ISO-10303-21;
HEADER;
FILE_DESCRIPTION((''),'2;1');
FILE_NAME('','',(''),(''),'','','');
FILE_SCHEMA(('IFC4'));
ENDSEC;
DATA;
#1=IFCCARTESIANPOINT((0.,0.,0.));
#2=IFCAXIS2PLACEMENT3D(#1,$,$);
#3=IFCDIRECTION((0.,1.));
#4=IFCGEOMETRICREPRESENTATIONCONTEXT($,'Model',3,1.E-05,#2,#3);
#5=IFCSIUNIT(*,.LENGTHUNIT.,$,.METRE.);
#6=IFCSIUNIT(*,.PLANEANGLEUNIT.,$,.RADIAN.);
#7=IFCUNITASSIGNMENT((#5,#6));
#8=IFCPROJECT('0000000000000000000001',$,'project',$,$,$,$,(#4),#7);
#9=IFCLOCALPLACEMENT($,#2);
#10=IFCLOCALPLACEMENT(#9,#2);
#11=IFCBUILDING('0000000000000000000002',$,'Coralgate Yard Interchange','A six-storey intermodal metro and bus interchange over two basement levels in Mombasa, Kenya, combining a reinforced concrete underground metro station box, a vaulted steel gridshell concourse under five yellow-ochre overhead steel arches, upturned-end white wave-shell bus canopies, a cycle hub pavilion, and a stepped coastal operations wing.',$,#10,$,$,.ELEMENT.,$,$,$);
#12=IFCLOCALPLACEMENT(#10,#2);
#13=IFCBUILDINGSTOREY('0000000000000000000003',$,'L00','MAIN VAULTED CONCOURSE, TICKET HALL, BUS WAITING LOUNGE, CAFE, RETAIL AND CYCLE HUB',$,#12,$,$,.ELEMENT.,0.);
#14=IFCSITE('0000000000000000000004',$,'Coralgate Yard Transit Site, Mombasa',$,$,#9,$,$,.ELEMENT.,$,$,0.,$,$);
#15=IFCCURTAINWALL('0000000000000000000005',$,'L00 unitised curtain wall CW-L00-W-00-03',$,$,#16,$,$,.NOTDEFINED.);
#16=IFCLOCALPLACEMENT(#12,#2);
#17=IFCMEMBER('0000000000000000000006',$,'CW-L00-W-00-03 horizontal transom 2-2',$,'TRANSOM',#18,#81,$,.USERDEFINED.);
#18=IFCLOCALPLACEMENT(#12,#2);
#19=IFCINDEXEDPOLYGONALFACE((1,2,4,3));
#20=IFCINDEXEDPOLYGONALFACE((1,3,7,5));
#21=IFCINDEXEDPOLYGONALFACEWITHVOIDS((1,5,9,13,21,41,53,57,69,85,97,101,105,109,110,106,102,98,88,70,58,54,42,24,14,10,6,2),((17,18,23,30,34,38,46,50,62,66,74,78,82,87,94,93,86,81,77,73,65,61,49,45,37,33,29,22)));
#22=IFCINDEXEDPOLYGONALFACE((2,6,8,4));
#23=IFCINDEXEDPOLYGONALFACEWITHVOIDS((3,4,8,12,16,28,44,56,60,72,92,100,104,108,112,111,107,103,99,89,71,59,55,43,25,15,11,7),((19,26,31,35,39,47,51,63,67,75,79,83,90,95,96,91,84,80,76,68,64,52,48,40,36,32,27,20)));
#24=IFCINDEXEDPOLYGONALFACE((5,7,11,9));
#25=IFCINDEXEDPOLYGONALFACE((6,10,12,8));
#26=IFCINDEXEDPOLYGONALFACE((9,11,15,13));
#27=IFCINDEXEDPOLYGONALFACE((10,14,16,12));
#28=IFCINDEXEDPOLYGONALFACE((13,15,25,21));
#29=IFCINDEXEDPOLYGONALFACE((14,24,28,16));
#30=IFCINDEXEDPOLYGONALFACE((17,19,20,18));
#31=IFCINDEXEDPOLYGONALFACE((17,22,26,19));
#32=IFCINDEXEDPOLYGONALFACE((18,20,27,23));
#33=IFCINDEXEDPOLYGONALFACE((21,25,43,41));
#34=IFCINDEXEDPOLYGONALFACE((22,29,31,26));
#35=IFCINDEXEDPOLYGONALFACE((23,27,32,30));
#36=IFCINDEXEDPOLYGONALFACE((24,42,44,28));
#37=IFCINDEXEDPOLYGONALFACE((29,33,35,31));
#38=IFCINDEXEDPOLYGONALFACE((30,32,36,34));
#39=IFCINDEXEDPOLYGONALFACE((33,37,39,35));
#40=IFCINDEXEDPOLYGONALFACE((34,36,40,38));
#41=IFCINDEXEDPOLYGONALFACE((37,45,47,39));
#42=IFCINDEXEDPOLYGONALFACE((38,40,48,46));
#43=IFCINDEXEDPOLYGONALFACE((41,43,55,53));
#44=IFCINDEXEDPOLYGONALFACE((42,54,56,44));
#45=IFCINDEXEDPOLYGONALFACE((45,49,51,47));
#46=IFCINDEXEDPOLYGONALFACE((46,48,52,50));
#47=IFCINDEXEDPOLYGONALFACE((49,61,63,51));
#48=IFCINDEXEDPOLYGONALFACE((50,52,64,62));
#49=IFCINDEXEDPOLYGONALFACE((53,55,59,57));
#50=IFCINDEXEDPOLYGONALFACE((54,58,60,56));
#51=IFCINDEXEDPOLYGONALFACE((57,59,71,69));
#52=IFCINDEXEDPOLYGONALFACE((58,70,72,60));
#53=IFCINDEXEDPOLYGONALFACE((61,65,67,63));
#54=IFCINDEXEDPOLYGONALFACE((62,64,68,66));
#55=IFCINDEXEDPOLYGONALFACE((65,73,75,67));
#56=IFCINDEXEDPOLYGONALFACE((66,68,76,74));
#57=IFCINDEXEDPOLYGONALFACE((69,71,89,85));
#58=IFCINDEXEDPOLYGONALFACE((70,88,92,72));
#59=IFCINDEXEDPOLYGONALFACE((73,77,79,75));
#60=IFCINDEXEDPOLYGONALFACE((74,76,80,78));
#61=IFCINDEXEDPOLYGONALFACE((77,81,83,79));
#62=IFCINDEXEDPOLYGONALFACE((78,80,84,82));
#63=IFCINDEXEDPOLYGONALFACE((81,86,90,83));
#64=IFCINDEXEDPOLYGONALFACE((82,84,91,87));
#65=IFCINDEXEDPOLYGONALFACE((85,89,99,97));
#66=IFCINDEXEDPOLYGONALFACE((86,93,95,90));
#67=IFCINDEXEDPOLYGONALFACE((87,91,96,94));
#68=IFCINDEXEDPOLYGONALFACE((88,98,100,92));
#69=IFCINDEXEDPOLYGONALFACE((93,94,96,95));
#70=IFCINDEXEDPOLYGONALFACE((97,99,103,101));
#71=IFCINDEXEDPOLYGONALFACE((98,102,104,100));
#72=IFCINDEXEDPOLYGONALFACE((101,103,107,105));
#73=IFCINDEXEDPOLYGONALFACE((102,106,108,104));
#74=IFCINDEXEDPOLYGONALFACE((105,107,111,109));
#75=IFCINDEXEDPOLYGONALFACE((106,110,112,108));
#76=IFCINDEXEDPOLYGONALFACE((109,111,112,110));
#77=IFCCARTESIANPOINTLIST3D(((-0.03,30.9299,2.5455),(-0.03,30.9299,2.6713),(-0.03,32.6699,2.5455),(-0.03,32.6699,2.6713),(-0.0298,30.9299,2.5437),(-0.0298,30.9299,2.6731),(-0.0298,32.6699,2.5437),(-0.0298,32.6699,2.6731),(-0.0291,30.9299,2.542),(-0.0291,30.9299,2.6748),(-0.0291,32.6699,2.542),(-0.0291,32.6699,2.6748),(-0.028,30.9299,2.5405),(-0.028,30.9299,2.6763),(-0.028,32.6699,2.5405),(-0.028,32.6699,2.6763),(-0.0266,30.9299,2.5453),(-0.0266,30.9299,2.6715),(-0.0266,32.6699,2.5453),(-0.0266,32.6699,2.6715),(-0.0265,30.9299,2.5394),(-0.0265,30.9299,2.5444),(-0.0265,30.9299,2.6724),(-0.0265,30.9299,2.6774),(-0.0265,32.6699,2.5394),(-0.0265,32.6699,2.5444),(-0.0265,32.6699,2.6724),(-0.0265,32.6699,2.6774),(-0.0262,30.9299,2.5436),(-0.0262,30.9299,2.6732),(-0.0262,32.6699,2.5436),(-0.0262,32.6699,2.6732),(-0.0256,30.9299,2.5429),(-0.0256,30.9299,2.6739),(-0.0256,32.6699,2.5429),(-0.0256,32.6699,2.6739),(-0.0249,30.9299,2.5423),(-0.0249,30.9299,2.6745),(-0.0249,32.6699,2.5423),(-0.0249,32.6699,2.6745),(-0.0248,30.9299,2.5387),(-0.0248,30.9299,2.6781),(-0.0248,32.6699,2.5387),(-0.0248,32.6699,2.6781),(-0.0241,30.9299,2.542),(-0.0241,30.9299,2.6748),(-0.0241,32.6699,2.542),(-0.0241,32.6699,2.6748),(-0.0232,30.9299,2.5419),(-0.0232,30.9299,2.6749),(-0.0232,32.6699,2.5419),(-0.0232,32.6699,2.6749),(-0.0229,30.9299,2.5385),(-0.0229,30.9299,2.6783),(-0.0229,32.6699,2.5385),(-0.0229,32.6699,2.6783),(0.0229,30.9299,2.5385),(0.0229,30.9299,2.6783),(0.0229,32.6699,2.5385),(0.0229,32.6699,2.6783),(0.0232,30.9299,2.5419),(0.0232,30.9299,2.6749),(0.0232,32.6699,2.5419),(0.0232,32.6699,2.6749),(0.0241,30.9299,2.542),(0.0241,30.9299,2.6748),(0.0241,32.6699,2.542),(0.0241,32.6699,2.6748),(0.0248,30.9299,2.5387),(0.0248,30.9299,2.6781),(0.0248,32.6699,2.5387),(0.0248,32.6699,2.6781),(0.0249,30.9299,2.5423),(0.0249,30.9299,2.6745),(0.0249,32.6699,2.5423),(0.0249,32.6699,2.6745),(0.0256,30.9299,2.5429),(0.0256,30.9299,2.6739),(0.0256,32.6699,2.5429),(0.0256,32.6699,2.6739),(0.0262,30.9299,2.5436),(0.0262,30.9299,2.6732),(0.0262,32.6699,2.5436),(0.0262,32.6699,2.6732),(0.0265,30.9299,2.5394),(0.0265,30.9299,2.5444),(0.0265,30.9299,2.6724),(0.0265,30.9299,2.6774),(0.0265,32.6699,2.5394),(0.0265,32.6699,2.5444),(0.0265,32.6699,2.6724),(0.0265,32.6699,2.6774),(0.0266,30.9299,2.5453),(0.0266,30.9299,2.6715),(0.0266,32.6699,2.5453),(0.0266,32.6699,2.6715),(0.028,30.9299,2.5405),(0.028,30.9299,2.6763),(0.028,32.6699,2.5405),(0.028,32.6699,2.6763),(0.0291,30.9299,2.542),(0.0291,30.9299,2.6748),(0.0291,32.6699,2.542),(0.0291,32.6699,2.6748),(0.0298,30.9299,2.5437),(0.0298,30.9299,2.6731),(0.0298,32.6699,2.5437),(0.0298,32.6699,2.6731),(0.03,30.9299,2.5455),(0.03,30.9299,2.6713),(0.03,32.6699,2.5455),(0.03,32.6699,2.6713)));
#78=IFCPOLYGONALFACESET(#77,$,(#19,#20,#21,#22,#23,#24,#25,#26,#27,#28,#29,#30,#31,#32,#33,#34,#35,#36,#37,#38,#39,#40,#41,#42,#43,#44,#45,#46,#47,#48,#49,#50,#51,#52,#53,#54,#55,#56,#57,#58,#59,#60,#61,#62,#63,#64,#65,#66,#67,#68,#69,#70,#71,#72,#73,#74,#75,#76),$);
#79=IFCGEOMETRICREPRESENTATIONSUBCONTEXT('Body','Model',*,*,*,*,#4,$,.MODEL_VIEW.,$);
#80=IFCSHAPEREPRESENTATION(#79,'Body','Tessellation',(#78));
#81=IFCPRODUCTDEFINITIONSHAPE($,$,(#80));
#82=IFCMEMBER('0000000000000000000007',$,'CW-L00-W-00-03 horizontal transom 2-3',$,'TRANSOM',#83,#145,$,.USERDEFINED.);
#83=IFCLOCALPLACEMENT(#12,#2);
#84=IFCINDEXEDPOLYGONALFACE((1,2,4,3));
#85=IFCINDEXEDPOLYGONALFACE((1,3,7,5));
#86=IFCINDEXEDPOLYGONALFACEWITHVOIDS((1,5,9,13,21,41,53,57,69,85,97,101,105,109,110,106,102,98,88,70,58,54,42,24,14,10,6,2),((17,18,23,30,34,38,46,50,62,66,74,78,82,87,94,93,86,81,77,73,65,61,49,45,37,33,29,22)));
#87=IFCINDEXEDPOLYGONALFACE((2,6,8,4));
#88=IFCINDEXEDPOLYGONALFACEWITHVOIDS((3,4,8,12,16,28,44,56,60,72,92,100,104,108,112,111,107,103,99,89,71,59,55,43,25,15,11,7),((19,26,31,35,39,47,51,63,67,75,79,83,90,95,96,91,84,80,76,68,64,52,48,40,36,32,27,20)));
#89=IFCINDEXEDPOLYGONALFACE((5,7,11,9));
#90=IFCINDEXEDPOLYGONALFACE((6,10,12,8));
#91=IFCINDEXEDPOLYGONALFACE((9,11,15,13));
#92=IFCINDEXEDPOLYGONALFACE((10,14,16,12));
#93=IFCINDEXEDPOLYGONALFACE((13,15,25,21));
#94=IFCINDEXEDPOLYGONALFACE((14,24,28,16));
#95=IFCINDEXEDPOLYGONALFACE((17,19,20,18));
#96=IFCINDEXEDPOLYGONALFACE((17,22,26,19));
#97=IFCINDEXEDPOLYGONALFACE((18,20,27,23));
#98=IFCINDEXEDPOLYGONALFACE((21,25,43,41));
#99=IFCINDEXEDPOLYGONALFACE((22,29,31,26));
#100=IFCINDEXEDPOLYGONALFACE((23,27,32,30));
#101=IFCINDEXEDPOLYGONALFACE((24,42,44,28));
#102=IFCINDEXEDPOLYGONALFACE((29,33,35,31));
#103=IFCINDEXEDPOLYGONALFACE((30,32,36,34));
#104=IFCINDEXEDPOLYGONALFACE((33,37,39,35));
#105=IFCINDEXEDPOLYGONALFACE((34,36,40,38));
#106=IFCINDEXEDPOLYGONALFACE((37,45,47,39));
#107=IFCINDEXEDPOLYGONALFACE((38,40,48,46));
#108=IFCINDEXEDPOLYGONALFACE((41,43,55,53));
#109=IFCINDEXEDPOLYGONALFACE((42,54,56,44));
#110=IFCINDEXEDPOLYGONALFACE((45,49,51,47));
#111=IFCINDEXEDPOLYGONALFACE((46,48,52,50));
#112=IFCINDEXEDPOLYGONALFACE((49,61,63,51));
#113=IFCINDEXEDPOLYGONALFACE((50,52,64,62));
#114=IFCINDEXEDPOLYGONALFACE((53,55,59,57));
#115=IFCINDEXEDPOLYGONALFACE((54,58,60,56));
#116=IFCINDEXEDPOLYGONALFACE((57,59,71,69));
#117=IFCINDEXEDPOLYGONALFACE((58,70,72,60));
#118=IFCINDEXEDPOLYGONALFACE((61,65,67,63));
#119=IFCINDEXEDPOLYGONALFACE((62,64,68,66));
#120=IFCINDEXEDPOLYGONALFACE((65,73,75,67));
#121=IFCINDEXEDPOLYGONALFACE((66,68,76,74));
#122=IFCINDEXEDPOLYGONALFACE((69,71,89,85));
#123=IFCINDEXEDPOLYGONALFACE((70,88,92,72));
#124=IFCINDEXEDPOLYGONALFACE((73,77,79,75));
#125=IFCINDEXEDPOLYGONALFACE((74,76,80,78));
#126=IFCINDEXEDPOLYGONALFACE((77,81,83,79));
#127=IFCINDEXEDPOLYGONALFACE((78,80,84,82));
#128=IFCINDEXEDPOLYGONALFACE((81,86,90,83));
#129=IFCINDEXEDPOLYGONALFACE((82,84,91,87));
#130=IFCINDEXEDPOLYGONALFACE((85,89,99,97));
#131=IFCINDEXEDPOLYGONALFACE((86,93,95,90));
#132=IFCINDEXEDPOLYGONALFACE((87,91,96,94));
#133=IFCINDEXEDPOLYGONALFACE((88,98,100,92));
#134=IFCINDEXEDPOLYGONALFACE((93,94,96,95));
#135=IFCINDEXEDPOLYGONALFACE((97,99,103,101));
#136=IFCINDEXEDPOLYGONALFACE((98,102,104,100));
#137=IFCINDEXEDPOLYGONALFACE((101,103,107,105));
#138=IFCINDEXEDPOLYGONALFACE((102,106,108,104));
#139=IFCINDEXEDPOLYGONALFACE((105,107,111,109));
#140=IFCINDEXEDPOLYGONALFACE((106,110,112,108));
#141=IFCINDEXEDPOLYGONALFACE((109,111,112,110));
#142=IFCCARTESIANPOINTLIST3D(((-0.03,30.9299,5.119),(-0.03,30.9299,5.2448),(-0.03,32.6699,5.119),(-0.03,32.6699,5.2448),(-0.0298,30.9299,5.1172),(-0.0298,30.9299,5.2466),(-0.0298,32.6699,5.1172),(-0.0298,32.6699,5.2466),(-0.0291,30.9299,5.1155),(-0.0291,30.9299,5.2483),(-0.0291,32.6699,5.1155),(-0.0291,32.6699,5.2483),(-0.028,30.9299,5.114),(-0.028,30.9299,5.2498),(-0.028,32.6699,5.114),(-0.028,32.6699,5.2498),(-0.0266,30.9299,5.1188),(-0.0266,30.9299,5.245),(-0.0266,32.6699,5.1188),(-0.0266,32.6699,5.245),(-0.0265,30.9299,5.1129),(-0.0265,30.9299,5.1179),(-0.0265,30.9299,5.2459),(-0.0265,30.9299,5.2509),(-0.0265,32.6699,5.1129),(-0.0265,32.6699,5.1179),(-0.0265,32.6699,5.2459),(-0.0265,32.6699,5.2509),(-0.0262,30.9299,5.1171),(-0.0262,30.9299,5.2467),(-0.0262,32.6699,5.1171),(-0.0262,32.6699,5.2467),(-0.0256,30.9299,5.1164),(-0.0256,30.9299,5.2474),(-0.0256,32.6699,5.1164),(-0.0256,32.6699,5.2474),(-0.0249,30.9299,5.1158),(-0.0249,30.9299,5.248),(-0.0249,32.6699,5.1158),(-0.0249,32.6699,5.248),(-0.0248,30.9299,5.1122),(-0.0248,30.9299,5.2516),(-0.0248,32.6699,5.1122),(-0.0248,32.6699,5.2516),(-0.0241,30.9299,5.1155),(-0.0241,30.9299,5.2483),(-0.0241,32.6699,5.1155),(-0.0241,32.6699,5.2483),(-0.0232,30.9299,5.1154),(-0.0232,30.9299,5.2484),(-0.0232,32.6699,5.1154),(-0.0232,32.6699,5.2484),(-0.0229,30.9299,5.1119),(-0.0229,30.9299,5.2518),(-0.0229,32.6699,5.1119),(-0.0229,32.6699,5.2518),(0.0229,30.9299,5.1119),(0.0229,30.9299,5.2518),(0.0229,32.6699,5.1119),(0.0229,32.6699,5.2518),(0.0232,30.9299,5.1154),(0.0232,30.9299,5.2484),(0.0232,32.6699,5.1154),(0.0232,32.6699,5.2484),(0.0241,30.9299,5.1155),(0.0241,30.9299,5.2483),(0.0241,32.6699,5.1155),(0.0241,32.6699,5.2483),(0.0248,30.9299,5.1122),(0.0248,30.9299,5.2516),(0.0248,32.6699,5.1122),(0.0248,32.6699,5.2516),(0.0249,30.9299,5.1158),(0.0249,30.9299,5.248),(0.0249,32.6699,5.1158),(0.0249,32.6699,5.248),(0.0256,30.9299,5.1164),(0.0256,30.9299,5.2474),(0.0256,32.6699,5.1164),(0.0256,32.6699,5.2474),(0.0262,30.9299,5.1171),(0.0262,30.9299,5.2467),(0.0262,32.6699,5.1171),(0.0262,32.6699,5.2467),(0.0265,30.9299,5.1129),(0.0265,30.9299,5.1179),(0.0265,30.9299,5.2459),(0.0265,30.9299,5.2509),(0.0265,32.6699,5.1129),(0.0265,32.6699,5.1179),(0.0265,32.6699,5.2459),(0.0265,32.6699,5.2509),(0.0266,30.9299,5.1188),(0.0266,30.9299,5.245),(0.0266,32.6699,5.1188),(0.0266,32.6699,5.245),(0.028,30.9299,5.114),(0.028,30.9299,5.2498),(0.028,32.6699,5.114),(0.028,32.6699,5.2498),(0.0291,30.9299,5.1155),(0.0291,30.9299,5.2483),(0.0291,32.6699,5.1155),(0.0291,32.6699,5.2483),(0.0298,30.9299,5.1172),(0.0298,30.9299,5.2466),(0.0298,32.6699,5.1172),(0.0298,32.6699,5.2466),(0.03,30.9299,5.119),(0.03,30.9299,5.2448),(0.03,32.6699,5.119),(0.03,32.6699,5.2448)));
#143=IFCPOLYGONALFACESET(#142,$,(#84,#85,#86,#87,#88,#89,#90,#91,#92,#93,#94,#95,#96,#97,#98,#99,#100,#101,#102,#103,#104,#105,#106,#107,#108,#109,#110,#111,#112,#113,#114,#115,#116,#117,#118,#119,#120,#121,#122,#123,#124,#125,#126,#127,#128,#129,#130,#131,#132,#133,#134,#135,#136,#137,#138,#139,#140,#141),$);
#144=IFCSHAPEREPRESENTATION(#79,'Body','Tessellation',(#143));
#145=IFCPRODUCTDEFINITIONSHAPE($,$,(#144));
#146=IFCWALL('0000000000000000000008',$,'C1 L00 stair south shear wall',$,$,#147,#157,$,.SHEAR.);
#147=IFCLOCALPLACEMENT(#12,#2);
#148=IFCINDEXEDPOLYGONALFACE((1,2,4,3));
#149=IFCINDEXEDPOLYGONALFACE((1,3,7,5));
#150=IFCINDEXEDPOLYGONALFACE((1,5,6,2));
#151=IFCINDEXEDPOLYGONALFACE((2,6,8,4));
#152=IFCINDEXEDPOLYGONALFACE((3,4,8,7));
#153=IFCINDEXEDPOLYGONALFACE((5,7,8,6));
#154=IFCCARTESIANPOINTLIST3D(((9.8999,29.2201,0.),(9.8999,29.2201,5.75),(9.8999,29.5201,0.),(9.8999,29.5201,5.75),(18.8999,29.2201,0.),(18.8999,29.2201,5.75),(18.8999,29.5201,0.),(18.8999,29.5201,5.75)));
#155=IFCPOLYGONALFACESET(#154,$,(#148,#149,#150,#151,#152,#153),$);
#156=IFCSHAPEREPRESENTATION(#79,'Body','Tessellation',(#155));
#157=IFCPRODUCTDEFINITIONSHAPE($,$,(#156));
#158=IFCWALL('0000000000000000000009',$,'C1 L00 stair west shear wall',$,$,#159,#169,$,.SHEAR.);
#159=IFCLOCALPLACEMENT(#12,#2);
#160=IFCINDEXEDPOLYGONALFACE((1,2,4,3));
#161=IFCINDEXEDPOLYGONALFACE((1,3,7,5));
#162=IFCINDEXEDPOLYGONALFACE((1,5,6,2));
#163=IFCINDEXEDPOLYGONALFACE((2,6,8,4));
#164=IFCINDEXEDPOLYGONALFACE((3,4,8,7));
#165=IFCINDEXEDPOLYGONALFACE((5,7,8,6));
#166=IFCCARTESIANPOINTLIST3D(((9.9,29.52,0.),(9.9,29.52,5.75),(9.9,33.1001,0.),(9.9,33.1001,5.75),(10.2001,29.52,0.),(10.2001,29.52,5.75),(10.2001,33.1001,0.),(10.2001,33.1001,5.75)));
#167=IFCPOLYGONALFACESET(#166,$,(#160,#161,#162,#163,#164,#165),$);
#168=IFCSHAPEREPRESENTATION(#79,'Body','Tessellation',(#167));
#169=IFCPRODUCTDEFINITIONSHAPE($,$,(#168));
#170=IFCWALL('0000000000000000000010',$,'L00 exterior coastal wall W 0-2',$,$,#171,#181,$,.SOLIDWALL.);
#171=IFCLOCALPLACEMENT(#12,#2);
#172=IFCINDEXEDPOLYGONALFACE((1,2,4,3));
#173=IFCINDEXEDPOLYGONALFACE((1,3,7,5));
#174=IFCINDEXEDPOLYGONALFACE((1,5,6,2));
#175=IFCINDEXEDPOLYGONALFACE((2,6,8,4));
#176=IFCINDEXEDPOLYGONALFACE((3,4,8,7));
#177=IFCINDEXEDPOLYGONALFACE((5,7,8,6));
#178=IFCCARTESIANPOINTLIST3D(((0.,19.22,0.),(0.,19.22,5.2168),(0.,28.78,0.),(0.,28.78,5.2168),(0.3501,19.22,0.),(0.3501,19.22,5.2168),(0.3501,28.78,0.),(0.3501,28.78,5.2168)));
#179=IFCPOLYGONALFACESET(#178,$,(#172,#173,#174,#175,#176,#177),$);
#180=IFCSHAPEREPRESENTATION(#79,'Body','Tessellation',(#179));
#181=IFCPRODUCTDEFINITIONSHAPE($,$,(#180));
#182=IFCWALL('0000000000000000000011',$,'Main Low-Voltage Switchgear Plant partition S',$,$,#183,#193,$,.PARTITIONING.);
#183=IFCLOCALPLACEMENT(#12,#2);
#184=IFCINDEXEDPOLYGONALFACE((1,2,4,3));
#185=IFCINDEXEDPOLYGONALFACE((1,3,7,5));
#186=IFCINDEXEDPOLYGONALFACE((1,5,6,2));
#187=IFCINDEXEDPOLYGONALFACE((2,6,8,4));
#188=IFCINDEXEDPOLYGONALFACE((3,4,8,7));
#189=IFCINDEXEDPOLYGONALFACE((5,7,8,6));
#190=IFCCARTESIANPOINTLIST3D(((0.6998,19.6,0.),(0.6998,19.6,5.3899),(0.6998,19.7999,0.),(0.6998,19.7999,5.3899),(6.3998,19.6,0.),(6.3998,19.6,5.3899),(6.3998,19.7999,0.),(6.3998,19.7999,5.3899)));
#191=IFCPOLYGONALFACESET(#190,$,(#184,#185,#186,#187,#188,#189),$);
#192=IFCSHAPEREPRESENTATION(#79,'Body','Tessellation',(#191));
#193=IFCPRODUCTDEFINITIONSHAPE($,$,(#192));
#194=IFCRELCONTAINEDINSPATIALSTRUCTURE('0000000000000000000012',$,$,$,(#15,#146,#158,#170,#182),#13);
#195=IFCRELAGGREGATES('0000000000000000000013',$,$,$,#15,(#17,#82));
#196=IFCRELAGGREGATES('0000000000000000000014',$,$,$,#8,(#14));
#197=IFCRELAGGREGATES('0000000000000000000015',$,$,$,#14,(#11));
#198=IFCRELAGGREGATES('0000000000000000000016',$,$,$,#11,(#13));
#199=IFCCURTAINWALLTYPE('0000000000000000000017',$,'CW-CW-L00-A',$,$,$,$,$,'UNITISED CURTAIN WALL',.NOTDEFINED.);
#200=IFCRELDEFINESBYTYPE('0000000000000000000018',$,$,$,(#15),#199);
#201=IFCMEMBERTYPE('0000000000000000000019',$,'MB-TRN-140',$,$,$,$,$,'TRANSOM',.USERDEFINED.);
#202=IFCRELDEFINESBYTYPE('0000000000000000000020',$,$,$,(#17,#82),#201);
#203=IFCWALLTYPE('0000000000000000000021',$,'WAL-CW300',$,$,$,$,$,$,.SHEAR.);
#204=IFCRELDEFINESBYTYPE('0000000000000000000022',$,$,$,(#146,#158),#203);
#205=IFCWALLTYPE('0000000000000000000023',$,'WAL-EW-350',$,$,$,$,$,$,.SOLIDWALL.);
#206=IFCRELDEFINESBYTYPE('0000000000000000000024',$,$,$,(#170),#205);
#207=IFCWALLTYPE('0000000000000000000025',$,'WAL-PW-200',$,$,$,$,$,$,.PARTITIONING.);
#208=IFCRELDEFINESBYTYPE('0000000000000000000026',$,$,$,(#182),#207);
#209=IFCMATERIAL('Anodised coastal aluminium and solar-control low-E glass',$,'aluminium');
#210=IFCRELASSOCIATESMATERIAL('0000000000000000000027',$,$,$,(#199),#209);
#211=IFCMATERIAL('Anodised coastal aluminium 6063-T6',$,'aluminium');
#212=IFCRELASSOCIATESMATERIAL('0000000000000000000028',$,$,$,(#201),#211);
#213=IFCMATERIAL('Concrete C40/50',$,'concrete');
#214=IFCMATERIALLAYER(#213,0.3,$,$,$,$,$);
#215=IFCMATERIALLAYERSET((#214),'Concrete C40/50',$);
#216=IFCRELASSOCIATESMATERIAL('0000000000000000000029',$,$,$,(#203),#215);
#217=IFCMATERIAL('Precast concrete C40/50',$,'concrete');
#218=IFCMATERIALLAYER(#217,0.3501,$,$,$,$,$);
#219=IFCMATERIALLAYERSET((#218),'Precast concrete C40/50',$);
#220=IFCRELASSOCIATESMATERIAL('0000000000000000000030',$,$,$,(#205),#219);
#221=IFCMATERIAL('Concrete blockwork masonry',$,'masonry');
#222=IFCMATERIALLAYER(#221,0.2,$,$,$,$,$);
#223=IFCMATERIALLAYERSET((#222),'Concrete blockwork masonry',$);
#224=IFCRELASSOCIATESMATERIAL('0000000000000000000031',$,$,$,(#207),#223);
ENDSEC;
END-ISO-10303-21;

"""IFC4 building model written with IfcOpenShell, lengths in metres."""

from ifc_helpers import new_model, si_unit, direction, frame, frame_2d, origin, origin_2d, place, context, subcontext, project, spatial, rectangle, hollow_rectangle, extrude, material, layer, layer_set, material_profile, profile_set, type_object, element, aggregate, save


model = new_model("IFC4")

# Units and contexts
model_context = context("Model", 3, precision=1e-05, world=origin(), true_north=direction((0.0, 1.0)))
body_context = subcontext(model_context, "Body", "Model", "MODEL_VIEW")
ifc_project = project(units=[si_unit("LENGTHUNIT", "METRE"), si_unit("PLANEANGLEUNIT", "RADIAN")], contexts=[model_context])

# Site, building, storey
site_placement = place(None, origin())
site = spatial("IfcSite", under=ifc_project, at=site_placement, Name="Coralgate Yard Transit Site, Mombasa", CompositionType="ELEMENT", RefElevation=0.0)
building_placement = place(site_placement, origin())
building = spatial("IfcBuilding", under=site, at=building_placement, Name="Coralgate Yard Interchange", Description="A six-storey intermodal metro and bus interchange over two basement levels in Mombasa, Kenya, combining a reinforced concrete underground metro station box, a vaulted steel gridshell concourse under five yellow-ochre overhead steel arches, upturned-end white wave-shell bus canopies, a cycle hub pavilion, and a stepped coastal operations wing.", CompositionType="ELEMENT")
storey_placement = place(building_placement, origin())
storey = spatial("IfcBuildingStorey", under=building, at=storey_placement, Name="L00", Description="MAIN VAULTED CONCOURSE, TICKET HALL, BUS WAITING LOUNGE, CAFE, RETAIL AND CYCLE HUB", CompositionType="ELEMENT", Elevation=0.0)

# Shared definitions
ifc_material_1 = material(Name="Concrete C40/50", Category="concrete")

# Curtain wall, members
ifc_material_2 = material(Name="Anodised coastal aluminium and solar-control low-E glass", Category="aluminium")
curtain_wall_type = type_object("IfcCurtainWallType", Name="CW-CW-L00-A", ElementType="UNITISED CURTAIN WALL", PredefinedType="NOTDEFINED", material=ifc_material_2)
curtain_wall_placement = place(storey_placement, origin())
curtain_wall = element("IfcCurtainWall", 1, at=curtain_wall_placement, inside=storey, type_object=curtain_wall_type, Name="L00 unitised curtain wall CW-L00-W-00-03", PredefinedType="NOTDEFINED")
ifc_material_3 = material(Name="Anodised coastal aluminium 6063-T6", Category="aluminium")
ifc_material_profile_1 = material_profile(ifc_material_3, hollow_rectangle(XDim=0.0601, YDim=0.1399, WallThickness=0.0034, InnerFilletRadius=0.0034, OuterFilletRadius=0.0071, at=origin_2d()), Name="ALU 60x140x3.5")
ifc_profile_set_1 = profile_set([ifc_material_profile_1], Name="Anodised coastal aluminium 6063-T6")
member_type = type_object("IfcMemberType", Name="MB-TRN-140", ElementType="TRANSOM", PredefinedType="USERDEFINED", material=ifc_profile_set_1)
member_1_placement = place(storey_placement, frame((0.0, 30.9299, 2.6084), z_axis=(0.0, 1.0, 0.0), x_axis=(-1.0, 0.0, 0.0)))
member_1 = element("IfcMember", 2, at=member_1_placement, type_object=member_type, Name="CW-L00-W-00-03 horizontal transom 2-2", ObjectType="TRANSOM", PredefinedType="USERDEFINED", context=body_context, shape_type="SweptSolid", body=[
    extrude(hollow_rectangle(XDim=0.0601, YDim=0.1399, WallThickness=0.0034, InnerFilletRadius=0.0034, OuterFilletRadius=0.0071, at=origin_2d()), origin(), (0.0, 0.0, 1.0), 1.74),
])
member_2_placement = place(storey_placement, frame((0.0, 30.9299, 5.1819), z_axis=(0.0, 1.0, 0.0), x_axis=(-1.0, 0.0, 0.0)))
member_2 = element("IfcMember", 3, at=member_2_placement, type_object=member_type, Name="CW-L00-W-00-03 horizontal transom 2-3", ObjectType="TRANSOM", PredefinedType="USERDEFINED", context=body_context, shape_type="SweptSolid", body=[
    extrude(hollow_rectangle(XDim=0.0601, YDim=0.1399, WallThickness=0.0034, InnerFilletRadius=0.0034, OuterFilletRadius=0.0071, at=origin_2d()), origin(), (0.0, 0.0, 1.0), 1.74),
])
aggregate(curtain_wall, [member_1, member_2])

# Walls
ifc_layer_1 = layer(ifc_material_1, 0.3)
ifc_layer_set_1 = layer_set([ifc_layer_1], Name="Concrete C40/50")
wall_type_1 = type_object("IfcWallType", Name="WAL-CW300", PredefinedType="SHEAR", material=ifc_layer_set_1)
wall_1_placement = place(storey_placement, frame((9.8999, 29.3701, 0.0), z_axis=(0.0, 0.0, 1.0), x_axis=(1.0, 0.0, 0.0)))
element("IfcWall", 4, at=wall_1_placement, inside=storey, type_object=wall_type_1, Name="C1 L00 stair south shear wall", PredefinedType="SHEAR", context=body_context, shape_type="SweptSolid", body=[
    extrude(rectangle(XDim=9.0, YDim=0.3, at=frame_2d((4.5, 0.0))), origin(), (0.0, 0.0, 1.0), 5.75),
])
wall_2_placement = place(storey_placement, frame((10.05, 29.52, 0.0), z_axis=(0.0, 0.0, 1.0), x_axis=(0.0, 1.0, 0.0)))
element("IfcWall", 5, at=wall_2_placement, inside=storey, type_object=wall_type_1, Name="C1 L00 stair west shear wall", PredefinedType="SHEAR", context=body_context, shape_type="SweptSolid", body=[
    extrude(rectangle(XDim=3.5801, YDim=0.3, at=frame_2d((1.79, 0.0))), origin(), (0.0, 0.0, 1.0), 5.75),
])
ifc_material_4 = material(Name="Precast concrete C40/50", Category="concrete")
ifc_layer_2 = layer(ifc_material_4, 0.3501)
ifc_layer_set_2 = layer_set([ifc_layer_2], Name="Precast concrete C40/50")
wall_type_2 = type_object("IfcWallType", Name="WAL-EW-350", PredefinedType="SOLIDWALL", material=ifc_layer_set_2)
wall_3_placement = place(storey_placement, frame((0.175, 19.22, 0.0), z_axis=(0.0, 0.0, 1.0), x_axis=(0.0, 1.0, 0.0)))
element("IfcWall", 6, at=wall_3_placement, inside=storey, type_object=wall_type_2, Name="L00 exterior coastal wall W 0-2", PredefinedType="SOLIDWALL", context=body_context, shape_type="SweptSolid", body=[
    extrude(rectangle(XDim=9.5601, YDim=0.3501, at=frame_2d((4.78, 0.0))), origin(), (0.0, 0.0, 1.0), 5.2168),
])
ifc_material_5 = material(Name="Concrete blockwork masonry", Category="masonry")
ifc_layer_3 = layer(ifc_material_5, 0.2)
ifc_layer_set_3 = layer_set([ifc_layer_3], Name="Concrete blockwork masonry")
wall_type_3 = type_object("IfcWallType", Name="WAL-PW-200", PredefinedType="PARTITIONING", material=ifc_layer_set_3)
wall_4_placement = place(storey_placement, frame((6.3999, 19.7, 0.0), z_axis=(0.0, 0.0, 1.0), x_axis=(-1.0, 0.0, 0.0)))
element("IfcWall", 7, at=wall_4_placement, inside=storey, type_object=wall_type_3, Name="Main Low-Voltage Switchgear Plant partition S", PredefinedType="PARTITIONING", context=body_context, shape_type="SweptSolid", body=[
    extrude(rectangle(XDim=5.7, YDim=0.2, at=frame_2d((2.8501, 0.0))), origin(), (0.0, 0.0, 1.0), 5.3899),
])

save(model, "model.ifc")
